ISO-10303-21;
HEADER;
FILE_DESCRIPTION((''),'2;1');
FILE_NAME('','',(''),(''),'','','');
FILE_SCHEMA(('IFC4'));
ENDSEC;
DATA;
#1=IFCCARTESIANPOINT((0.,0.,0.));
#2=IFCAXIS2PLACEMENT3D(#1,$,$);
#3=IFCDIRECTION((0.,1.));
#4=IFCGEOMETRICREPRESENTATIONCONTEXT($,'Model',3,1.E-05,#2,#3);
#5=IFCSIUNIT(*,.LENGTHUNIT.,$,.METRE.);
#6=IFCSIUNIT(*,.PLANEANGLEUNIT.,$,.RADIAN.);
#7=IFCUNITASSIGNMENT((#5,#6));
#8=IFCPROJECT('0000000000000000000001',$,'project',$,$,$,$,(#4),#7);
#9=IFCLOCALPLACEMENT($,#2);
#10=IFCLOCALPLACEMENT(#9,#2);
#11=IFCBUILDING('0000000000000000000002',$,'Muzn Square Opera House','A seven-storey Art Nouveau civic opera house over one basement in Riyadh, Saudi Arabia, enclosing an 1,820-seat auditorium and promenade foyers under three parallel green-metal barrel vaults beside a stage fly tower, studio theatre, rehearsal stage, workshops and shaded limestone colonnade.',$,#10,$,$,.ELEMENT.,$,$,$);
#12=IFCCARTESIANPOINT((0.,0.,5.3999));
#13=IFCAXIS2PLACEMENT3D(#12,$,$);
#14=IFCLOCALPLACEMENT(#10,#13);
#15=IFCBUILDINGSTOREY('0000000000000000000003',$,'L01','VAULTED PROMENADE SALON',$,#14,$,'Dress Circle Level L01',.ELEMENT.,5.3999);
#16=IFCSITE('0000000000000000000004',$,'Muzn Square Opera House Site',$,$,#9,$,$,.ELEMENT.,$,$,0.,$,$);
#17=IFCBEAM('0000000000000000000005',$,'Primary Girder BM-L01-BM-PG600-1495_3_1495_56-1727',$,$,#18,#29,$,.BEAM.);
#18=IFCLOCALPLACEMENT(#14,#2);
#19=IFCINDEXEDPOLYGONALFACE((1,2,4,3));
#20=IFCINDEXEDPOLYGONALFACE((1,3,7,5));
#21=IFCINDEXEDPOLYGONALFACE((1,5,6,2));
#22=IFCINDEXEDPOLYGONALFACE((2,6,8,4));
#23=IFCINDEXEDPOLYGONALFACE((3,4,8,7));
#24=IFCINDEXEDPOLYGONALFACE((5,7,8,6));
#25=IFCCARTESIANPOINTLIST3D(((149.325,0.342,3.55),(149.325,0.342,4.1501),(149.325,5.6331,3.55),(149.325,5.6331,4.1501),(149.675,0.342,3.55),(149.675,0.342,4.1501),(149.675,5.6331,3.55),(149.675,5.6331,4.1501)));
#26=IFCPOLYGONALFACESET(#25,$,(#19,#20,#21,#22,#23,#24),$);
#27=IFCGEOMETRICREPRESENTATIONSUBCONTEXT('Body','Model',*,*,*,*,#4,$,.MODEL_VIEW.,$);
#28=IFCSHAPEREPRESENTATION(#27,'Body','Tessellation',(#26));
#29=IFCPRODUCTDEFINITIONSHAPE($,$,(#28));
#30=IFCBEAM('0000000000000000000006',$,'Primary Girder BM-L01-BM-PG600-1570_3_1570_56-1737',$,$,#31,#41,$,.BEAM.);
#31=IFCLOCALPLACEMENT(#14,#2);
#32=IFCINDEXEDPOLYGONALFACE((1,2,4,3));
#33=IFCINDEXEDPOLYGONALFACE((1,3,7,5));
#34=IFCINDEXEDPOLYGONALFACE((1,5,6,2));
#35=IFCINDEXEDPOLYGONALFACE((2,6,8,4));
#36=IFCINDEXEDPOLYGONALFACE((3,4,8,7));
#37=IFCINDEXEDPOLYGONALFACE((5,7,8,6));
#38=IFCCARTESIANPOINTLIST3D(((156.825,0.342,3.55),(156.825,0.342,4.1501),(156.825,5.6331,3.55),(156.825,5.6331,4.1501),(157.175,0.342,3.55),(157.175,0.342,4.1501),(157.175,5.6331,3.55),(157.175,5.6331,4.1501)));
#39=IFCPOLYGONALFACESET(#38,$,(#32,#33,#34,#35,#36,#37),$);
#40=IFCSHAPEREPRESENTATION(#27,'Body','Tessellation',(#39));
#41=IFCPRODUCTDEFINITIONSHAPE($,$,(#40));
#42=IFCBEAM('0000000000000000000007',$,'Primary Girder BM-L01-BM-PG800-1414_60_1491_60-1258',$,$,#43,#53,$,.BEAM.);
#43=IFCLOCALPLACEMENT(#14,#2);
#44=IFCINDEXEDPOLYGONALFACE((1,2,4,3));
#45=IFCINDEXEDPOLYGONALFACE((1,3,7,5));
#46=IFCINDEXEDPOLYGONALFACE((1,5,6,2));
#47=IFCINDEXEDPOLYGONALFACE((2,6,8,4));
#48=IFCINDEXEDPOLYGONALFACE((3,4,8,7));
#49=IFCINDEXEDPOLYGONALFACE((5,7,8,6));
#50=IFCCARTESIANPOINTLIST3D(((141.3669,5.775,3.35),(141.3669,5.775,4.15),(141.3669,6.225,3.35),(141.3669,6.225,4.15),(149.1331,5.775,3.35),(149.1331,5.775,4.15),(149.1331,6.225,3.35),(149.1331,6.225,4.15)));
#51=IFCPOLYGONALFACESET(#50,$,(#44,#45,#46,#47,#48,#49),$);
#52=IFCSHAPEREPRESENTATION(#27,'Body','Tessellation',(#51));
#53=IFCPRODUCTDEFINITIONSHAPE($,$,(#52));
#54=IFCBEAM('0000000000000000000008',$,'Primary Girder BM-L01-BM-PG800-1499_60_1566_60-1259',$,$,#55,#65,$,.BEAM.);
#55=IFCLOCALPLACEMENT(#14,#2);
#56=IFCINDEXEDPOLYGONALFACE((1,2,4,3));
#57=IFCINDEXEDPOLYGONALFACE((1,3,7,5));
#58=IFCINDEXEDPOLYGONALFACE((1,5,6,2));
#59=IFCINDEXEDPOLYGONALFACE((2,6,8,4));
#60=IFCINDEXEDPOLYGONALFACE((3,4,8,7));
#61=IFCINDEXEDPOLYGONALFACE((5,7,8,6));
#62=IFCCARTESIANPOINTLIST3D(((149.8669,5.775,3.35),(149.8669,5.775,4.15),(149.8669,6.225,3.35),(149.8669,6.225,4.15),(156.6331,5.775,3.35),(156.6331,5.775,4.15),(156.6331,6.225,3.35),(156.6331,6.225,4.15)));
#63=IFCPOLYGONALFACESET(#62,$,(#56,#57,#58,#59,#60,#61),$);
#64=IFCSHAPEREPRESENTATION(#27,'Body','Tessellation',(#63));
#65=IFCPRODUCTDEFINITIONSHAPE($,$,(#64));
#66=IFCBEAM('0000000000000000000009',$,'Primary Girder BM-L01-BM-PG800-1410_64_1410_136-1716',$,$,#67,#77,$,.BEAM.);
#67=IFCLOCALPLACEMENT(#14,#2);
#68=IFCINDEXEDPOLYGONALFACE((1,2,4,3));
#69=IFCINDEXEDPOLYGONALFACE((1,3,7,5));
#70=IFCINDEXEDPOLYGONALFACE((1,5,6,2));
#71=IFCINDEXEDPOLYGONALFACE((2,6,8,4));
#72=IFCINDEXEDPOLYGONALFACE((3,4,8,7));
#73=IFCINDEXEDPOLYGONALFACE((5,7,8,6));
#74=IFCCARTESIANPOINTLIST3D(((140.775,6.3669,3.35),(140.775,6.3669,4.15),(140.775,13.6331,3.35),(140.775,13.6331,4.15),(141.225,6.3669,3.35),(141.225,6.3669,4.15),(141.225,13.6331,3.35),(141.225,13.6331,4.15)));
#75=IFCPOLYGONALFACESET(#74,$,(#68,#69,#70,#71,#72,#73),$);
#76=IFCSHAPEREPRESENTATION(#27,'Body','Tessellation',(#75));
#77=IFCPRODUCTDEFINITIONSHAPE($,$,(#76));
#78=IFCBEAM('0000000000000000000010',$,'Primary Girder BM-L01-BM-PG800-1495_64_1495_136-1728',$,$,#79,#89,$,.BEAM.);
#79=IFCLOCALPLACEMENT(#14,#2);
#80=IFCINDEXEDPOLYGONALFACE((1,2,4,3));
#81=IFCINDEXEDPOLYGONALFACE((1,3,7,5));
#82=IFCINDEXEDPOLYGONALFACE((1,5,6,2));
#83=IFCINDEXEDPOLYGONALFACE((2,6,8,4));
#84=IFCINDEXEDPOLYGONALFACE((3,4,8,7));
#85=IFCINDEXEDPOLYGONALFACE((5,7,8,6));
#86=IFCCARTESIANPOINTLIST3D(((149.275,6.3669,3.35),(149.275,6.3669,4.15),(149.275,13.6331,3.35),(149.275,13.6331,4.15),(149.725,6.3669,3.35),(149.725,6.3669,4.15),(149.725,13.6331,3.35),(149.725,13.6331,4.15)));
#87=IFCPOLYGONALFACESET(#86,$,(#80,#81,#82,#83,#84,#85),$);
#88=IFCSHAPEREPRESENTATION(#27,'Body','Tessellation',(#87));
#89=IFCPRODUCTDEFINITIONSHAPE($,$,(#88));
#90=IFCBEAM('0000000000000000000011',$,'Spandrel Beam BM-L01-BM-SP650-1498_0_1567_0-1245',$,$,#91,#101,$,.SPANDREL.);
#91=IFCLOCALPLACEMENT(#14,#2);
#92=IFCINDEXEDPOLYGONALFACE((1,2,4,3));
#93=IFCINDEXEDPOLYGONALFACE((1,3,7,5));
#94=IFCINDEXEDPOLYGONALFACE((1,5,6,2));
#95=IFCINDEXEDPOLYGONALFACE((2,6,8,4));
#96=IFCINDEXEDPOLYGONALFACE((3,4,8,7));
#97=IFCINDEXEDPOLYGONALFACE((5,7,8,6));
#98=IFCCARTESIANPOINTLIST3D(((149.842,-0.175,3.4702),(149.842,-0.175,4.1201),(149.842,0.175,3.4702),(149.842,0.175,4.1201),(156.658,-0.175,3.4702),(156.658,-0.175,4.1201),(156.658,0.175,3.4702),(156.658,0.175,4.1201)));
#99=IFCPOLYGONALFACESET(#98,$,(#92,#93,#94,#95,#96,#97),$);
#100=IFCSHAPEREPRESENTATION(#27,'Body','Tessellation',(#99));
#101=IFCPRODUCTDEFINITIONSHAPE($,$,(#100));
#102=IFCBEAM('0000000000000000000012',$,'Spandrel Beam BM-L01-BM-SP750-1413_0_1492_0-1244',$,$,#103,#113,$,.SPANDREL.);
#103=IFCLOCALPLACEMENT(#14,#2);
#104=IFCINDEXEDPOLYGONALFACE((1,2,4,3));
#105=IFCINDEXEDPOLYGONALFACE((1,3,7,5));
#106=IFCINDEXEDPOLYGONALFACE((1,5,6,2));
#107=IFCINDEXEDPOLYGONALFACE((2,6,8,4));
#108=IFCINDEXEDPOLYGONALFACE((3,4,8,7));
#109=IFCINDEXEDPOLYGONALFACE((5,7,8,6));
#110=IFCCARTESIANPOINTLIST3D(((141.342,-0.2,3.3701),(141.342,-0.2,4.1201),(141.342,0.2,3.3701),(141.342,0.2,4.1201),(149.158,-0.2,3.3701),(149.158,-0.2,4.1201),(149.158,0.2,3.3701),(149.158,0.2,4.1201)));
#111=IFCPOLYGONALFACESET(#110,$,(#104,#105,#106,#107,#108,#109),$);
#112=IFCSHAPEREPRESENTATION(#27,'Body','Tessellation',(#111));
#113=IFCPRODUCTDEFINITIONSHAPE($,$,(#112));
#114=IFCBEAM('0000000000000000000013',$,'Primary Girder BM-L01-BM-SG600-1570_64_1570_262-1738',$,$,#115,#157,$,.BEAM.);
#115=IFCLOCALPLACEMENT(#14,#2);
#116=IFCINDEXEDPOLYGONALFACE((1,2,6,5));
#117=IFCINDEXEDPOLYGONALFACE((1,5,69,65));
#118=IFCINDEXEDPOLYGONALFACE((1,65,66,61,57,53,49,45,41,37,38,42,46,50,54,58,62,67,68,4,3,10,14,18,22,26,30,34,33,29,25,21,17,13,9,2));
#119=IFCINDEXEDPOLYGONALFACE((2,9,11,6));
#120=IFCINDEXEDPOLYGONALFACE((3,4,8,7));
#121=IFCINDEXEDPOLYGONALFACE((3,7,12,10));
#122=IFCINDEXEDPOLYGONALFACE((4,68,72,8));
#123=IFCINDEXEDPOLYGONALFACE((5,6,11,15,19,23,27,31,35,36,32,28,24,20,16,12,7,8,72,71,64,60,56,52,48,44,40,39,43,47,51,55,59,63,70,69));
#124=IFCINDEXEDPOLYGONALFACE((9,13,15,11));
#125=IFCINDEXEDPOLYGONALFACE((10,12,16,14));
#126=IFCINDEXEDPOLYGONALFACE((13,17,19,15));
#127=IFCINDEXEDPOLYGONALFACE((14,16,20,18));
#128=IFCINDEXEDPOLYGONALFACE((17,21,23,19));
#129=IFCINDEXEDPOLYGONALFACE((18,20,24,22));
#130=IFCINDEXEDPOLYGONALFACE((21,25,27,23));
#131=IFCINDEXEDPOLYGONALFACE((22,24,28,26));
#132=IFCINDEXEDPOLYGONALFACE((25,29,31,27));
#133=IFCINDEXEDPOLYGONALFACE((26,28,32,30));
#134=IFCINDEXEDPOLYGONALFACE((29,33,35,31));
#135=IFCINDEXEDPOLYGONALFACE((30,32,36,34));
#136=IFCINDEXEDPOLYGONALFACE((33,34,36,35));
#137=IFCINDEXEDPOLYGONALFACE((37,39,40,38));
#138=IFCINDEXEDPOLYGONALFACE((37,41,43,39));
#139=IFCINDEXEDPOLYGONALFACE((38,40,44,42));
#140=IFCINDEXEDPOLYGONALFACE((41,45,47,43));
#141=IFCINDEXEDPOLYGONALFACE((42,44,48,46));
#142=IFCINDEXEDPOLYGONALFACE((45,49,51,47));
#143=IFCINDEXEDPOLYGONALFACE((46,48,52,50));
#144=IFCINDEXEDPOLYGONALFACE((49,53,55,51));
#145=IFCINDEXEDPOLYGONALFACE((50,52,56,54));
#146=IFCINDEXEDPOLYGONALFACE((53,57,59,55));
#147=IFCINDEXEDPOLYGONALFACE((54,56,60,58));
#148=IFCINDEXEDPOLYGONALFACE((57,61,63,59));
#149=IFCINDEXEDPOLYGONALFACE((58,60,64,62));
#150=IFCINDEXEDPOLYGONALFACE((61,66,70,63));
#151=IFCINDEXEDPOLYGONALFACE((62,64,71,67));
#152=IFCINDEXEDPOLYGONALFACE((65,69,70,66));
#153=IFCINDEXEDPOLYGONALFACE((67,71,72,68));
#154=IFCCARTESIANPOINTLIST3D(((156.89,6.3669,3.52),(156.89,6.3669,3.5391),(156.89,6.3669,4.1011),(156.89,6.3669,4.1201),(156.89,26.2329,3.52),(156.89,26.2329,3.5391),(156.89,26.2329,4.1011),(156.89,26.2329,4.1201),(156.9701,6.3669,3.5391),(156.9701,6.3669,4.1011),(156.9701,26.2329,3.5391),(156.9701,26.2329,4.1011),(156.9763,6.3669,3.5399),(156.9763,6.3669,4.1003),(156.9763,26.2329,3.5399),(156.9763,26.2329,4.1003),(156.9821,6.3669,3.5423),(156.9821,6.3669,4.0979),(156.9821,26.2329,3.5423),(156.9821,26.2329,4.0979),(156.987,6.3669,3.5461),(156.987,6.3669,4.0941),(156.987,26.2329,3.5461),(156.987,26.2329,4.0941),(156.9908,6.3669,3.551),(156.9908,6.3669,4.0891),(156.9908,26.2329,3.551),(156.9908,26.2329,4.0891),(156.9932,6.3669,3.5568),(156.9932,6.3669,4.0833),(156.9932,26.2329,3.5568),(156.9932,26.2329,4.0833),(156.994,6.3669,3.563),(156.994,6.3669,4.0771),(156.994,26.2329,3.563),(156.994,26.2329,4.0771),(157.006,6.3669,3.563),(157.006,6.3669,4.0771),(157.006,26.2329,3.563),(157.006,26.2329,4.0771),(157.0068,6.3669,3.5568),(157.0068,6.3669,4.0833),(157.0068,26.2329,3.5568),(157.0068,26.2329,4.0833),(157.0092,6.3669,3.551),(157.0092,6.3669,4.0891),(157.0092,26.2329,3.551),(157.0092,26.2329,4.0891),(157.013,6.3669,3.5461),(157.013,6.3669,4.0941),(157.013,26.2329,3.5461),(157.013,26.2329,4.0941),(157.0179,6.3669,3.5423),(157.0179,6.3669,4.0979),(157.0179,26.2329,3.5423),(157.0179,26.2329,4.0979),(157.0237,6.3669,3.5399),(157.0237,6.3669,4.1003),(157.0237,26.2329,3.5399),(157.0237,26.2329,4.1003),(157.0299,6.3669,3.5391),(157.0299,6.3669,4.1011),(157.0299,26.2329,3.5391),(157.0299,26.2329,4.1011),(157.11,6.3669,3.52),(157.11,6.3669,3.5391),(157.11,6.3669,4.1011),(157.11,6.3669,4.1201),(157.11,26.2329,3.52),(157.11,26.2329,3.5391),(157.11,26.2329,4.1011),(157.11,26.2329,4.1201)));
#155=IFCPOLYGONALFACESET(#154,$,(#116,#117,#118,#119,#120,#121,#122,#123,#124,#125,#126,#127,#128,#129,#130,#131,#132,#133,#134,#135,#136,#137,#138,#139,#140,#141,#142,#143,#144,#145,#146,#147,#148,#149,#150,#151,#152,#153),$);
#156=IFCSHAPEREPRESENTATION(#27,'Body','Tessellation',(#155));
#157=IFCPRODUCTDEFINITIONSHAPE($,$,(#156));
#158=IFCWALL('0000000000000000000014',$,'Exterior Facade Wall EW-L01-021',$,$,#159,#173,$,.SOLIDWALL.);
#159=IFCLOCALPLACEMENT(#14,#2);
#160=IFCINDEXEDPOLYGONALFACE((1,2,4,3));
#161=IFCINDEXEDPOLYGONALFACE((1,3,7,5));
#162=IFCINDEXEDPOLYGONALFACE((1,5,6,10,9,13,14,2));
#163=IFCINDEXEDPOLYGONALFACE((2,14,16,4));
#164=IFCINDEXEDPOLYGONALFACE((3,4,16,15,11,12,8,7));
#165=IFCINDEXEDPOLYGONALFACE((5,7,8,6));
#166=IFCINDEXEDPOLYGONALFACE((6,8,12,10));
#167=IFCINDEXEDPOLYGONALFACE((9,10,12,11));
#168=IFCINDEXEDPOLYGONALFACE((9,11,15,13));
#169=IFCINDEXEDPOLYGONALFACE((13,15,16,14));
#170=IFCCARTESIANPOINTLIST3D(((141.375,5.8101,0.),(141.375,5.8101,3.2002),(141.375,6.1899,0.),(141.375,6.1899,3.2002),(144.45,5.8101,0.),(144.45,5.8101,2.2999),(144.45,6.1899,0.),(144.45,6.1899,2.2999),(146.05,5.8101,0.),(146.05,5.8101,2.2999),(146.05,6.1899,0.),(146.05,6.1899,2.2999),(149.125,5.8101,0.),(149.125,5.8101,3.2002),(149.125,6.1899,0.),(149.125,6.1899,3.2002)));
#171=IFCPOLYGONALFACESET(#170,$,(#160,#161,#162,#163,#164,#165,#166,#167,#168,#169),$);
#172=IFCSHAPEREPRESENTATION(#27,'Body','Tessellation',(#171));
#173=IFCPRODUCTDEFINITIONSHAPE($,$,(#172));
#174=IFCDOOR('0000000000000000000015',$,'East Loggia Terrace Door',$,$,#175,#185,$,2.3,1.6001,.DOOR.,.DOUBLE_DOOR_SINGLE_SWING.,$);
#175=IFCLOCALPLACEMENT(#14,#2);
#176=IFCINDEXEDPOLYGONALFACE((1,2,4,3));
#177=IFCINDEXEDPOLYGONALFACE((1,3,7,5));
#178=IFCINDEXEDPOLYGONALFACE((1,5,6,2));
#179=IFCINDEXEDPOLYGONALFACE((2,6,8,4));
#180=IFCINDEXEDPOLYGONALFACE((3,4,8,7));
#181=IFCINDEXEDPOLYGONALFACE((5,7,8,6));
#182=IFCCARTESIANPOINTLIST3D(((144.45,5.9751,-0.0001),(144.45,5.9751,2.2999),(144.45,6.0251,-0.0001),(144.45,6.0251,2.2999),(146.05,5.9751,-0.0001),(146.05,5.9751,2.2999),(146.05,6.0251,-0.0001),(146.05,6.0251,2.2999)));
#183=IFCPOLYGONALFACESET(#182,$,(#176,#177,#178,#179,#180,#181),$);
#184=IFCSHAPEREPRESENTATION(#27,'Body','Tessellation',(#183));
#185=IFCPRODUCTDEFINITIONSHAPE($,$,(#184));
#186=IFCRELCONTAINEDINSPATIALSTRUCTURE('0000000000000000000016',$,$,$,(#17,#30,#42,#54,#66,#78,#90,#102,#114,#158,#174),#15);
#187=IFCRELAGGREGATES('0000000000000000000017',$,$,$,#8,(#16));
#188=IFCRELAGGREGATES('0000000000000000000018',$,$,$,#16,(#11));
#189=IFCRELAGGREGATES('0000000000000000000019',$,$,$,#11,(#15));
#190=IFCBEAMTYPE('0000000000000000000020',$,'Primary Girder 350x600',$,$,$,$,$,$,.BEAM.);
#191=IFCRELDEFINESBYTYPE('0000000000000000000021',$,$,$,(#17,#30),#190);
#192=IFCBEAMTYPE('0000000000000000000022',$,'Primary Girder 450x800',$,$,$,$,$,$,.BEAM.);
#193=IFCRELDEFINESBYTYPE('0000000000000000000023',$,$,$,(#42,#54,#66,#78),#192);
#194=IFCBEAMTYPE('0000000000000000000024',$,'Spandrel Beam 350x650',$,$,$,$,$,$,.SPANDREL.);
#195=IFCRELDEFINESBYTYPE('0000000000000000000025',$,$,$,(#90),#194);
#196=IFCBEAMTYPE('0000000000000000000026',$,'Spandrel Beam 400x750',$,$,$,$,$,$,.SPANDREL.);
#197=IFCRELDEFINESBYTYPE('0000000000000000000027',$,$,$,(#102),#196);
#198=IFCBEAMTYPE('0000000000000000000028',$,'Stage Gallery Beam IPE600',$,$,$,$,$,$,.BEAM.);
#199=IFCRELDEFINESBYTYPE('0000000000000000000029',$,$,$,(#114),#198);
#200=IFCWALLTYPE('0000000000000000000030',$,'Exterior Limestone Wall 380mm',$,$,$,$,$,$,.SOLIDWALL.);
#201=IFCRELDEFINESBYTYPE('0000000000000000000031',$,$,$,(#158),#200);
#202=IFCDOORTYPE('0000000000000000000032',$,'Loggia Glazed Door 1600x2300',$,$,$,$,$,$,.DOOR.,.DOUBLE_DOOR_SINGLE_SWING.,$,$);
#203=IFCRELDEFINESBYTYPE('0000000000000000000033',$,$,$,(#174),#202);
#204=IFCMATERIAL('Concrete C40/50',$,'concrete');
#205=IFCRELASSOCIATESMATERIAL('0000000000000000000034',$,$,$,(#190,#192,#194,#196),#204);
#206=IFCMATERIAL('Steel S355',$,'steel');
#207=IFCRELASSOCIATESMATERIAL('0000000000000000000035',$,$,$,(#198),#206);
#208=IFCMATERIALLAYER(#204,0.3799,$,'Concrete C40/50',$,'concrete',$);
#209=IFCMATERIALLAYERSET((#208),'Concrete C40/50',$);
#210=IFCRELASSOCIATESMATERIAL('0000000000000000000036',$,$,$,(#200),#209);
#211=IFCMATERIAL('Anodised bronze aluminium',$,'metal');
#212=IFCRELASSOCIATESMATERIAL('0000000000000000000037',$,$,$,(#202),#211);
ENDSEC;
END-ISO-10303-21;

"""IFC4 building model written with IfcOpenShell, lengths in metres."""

from ifc_helpers import new_model, si_unit, direction, frame, frame_2d, origin, origin_2d, place, context, subcontext, project, spatial, rectangle, i_section, extrude, material, layer, layer_set, material_profile, profile_set, type_object, element, fill, save


model = new_model("IFC4")

# Units and contexts
model_context = context("Model", 3, precision=1e-05, world=origin(), true_north=direction((0.0, 1.0)))
body_context = subcontext(model_context, "Body", "Model", "MODEL_VIEW")
ifc_project = project(units=[si_unit("LENGTHUNIT", "METRE"), si_unit("PLANEANGLEUNIT", "RADIAN")], contexts=[model_context])

# Site, building, storey
site_placement = place(None, origin())
site = spatial("IfcSite", under=ifc_project, at=site_placement, Name="Muzn Square Opera House Site", CompositionType="ELEMENT", RefElevation=0.0)
building_placement = place(site_placement, origin())
building = spatial("IfcBuilding", under=site, at=building_placement, Name="Muzn Square Opera House", Description="A seven-storey Art Nouveau civic opera house over one basement in Riyadh, Saudi Arabia, enclosing an 1,820-seat auditorium and promenade foyers under three parallel green-metal barrel vaults beside a stage fly tower, studio theatre, rehearsal stage, workshops and shaded limestone colonnade.", CompositionType="ELEMENT")
storey_placement = place(building_placement, frame((0.0, 0.0, 5.3999)))
storey = spatial("IfcBuildingStorey", under=building, at=storey_placement, Name="L01", Description="VAULTED PROMENADE SALON", LongName="Dress Circle Level L01", CompositionType="ELEMENT", Elevation=5.3999)

# Beams
ifc_material_1 = material(Name="Concrete C40/50", Category="concrete")
ifc_material_profile_1 = material_profile(ifc_material_1, rectangle(XDim=0.3501, YDim=0.6001, at=origin_2d()), Name="RCB 350x600", Category="concrete")
ifc_profile_set_1 = profile_set([ifc_material_profile_1], Name="Concrete C40/50")
beam_type_1 = type_object("IfcBeamType", Name="Primary Girder 350x600", PredefinedType="BEAM", material=ifc_profile_set_1)
for number, where, z_axis, x_axis, name in (
    (1, (149.5, 0.342, 3.8501), (0.0, 1.0, 0.0), (-1.0, 0.0, 0.0), "Primary Girder BM-L01-BM-PG600-1495_3_1495_56-1727"),
    (2, (157.0, 0.342, 3.8501), (0.0, 1.0, 0.0), (-1.0, 0.0, 0.0), "Primary Girder BM-L01-BM-PG600-1570_3_1570_56-1737"),
):
    element("IfcBeam", number, at=place(storey_placement, frame(where, z_axis=z_axis, x_axis=x_axis)), inside=storey, type_object=beam_type_1, Name=name, PredefinedType="BEAM", context=body_context, shape_type="SweptSolid", body=[
        extrude(rectangle(XDim=0.3501, YDim=0.6001, at=origin_2d()), origin(), (0.0, 0.0, 1.0), 5.291),
    ])
ifc_material_profile_2 = material_profile(ifc_material_1, rectangle(XDim=0.45, YDim=0.8, at=origin_2d()), Name="RCB 450x800", Category="concrete")
ifc_profile_set_2 = profile_set([ifc_material_profile_2], Name="Concrete C40/50")
beam_type_2 = type_object("IfcBeamType", Name="Primary Girder 450x800", PredefinedType="BEAM", material=ifc_profile_set_2)
beam_1_placement = place(storey_placement, frame((141.3669, 6.0, 3.75), z_axis=(1.0, 0.0, 0.0), x_axis=(0.0, 1.0, 0.0)))
element("IfcBeam", 3, at=beam_1_placement, inside=storey, type_object=beam_type_2, Name="Primary Girder BM-L01-BM-PG800-1414_60_1491_60-1258", PredefinedType="BEAM", context=body_context, shape_type="SweptSolid", body=[
    extrude(rectangle(XDim=0.45, YDim=0.8, at=origin_2d()), origin(), (0.0, 0.0, 1.0), 7.7661),
])
beam_2_placement = place(storey_placement, frame((149.8669, 6.0, 3.75), z_axis=(1.0, 0.0, 0.0), x_axis=(0.0, 1.0, 0.0)))
element("IfcBeam", 4, at=beam_2_placement, inside=storey, type_object=beam_type_2, Name="Primary Girder BM-L01-BM-PG800-1499_60_1566_60-1259", PredefinedType="BEAM", context=body_context, shape_type="SweptSolid", body=[
    extrude(rectangle(XDim=0.45, YDim=0.8, at=origin_2d()), origin(), (0.0, 0.0, 1.0), 6.7661),
])
for number, where, z_axis, x_axis, name in (
    (5, (141.0, 6.3669, 3.75), (0.0, 1.0, 0.0), (-1.0, 0.0, 0.0), "Primary Girder BM-L01-BM-PG800-1410_64_1410_136-1716"),
    (6, (149.5, 6.3669, 3.75), (0.0, 1.0, 0.0), (-1.0, 0.0, 0.0), "Primary Girder BM-L01-BM-PG800-1495_64_1495_136-1728"),
):
    element("IfcBeam", number, at=place(storey_placement, frame(where, z_axis=z_axis, x_axis=x_axis)), inside=storey, type_object=beam_type_2, Name=name, PredefinedType="BEAM", context=body_context, shape_type="SweptSolid", body=[
        extrude(rectangle(XDim=0.45, YDim=0.8, at=origin_2d()), origin(), (0.0, 0.0, 1.0), 7.2661),
    ])
ifc_material_profile_3 = material_profile(ifc_material_1, rectangle(XDim=0.3501, YDim=0.6499, at=origin_2d()), Name="RCS 350x650", Category="concrete")
ifc_profile_set_3 = profile_set([ifc_material_profile_3], Name="Concrete C40/50")
beam_type_3 = type_object("IfcBeamType", Name="Spandrel Beam 350x650", PredefinedType="SPANDREL", material=ifc_profile_set_3)
beam_3_placement = place(storey_placement, frame((149.842, 0.0, 3.7952), z_axis=(1.0, 0.0, 0.0), x_axis=(0.0, 1.0, 0.0)))
element("IfcBeam", 7, at=beam_3_placement, inside=storey, type_object=beam_type_3, Name="Spandrel Beam BM-L01-BM-SP650-1498_0_1567_0-1245", PredefinedType="SPANDREL", context=body_context, shape_type="SweptSolid", body=[
    extrude(rectangle(XDim=0.3501, YDim=0.6499, at=origin_2d()), origin(), (0.0, 0.0, 1.0), 6.8159),
])
ifc_material_profile_4 = material_profile(ifc_material_1, rectangle(XDim=0.3999, YDim=0.75, at=origin_2d()), Name="RCS 400x750", Category="concrete")
ifc_profile_set_4 = profile_set([ifc_material_profile_4], Name="Concrete C40/50")
beam_type_4 = type_object("IfcBeamType", Name="Spandrel Beam 400x750", PredefinedType="SPANDREL", material=ifc_profile_set_4)
beam_4_placement = place(storey_placement, frame((141.342, 0.0, 3.7451), z_axis=(1.0, 0.0, 0.0), x_axis=(0.0, 1.0, 0.0)))
element("IfcBeam", 8, at=beam_4_placement, inside=storey, type_object=beam_type_4, Name="Spandrel Beam BM-L01-BM-SP750-1413_0_1492_0-1244", PredefinedType="SPANDREL", context=body_context, shape_type="SweptSolid", body=[
    extrude(rectangle(XDim=0.3999, YDim=0.75, at=origin_2d()), origin(), (0.0, 0.0, 1.0), 7.8159),
])
ifc_material_2 = material(Name="Steel S355", Category="steel")
ifc_material_profile_5 = material_profile(ifc_material_2, i_section(OverallWidth=0.22, OverallDepth=0.6001, WebThickness=0.012, FlangeThickness=0.019, FilletRadius=0.0239, at=origin_2d()), Name="IPE 600", Category="steel")
ifc_profile_set_5 = profile_set([ifc_material_profile_5], Name="Steel S355")
beam_type_5 = type_object("IfcBeamType", Name="Stage Gallery Beam IPE600", PredefinedType="BEAM", material=ifc_profile_set_5)
beam_5_placement = place(storey_placement, frame((157.0, 6.3669, 3.8201), z_axis=(0.0, 1.0, 0.0), x_axis=(-1.0, 0.0, 0.0)))
element("IfcBeam", 9, at=beam_5_placement, inside=storey, type_object=beam_type_5, Name="Primary Girder BM-L01-BM-SG600-1570_64_1570_262-1738", PredefinedType="BEAM", context=body_context, shape_type="SweptSolid", body=[
    extrude(i_section(OverallWidth=0.22, OverallDepth=0.6001, WebThickness=0.012, FlangeThickness=0.019, FilletRadius=0.0239, at=origin_2d()), origin(), (0.0, 0.0, 1.0), 19.866),
])

# Wall, opening, door
ifc_layer_1 = layer(ifc_material_1, 0.3799, Name="Concrete C40/50", Category="concrete")
ifc_layer_set_1 = layer_set([ifc_layer_1], Name="Concrete C40/50")
wall_type_1 = type_object("IfcWallType", Name="Exterior Limestone Wall 380mm", PredefinedType="SOLIDWALL", material=ifc_layer_set_1)
wall_1_placement = place(storey_placement, frame((141.375, 6.0, 0.0), z_axis=(0.0, 0.0, 1.0), x_axis=(1.0, 0.0, 0.0)))
wall_1 = element("IfcWall", 10, at=wall_1_placement, inside=storey, type_object=wall_type_1, Name="Exterior Facade Wall EW-L01-021", PredefinedType="SOLIDWALL", context=body_context, shape_type="SweptSolid", body=[
    extrude(rectangle(XDim=7.75, YDim=0.3799, at=frame_2d((3.875, 0.0))), origin(), (0.0, 0.0, 1.0), 3.2002),
])
opening_1_placement = place(wall_1_placement, frame((4.675, 0.0, 0.0), z_axis=(0.0, 0.0, 1.0), x_axis=(-1.0, 0.0, 0.0)))
opening_1 = element("IfcOpeningElement", 11, at=opening_1_placement, cuts=wall_1, PredefinedType="OPENING", context=body_context, shape_type="SweptSolid", body=[
    extrude(rectangle(XDim=1.6001, YDim=2.3, at=frame_2d((0.8, 1.1499))), frame((0.0, 0.2, 0.0), z_axis=(0.0, -1.0, 0.0), x_axis=(1.0, 0.0, 0.0)), (0.0, 0.0, 1.0), 0.3999),
])
ifc_material_3 = material(Name="Anodised bronze aluminium", Category="metal")
door_type = type_object("IfcDoorType", Name="Loggia Glazed Door 1600x2300", OperationType="DOUBLE_DOOR_SINGLE_SWING", PredefinedType="DOOR", material=ifc_material_3)
door_placement = place(opening_1_placement, origin())
door = element("IfcDoor", 12, at=door_placement, inside=storey, type_object=door_type, Name="East Loggia Terrace Door", OperationType="DOUBLE_DOOR_SINGLE_SWING", OverallHeight=2.3, OverallWidth=1.6001, PredefinedType="DOOR", context=body_context, shape_type="SweptSolid", body=[
    extrude(rectangle(XDim=1.6001, YDim=2.3, at=frame_2d((0.8, 1.1499))), frame((0.0, 0.0249, 0.0), z_axis=(0.0, -1.0, 0.0), x_axis=(1.0, 0.0, 0.0)), (0.0, 0.0, 1.0), 0.05),
])
fill(opening_1, door)

save(model, "model.ifc")
